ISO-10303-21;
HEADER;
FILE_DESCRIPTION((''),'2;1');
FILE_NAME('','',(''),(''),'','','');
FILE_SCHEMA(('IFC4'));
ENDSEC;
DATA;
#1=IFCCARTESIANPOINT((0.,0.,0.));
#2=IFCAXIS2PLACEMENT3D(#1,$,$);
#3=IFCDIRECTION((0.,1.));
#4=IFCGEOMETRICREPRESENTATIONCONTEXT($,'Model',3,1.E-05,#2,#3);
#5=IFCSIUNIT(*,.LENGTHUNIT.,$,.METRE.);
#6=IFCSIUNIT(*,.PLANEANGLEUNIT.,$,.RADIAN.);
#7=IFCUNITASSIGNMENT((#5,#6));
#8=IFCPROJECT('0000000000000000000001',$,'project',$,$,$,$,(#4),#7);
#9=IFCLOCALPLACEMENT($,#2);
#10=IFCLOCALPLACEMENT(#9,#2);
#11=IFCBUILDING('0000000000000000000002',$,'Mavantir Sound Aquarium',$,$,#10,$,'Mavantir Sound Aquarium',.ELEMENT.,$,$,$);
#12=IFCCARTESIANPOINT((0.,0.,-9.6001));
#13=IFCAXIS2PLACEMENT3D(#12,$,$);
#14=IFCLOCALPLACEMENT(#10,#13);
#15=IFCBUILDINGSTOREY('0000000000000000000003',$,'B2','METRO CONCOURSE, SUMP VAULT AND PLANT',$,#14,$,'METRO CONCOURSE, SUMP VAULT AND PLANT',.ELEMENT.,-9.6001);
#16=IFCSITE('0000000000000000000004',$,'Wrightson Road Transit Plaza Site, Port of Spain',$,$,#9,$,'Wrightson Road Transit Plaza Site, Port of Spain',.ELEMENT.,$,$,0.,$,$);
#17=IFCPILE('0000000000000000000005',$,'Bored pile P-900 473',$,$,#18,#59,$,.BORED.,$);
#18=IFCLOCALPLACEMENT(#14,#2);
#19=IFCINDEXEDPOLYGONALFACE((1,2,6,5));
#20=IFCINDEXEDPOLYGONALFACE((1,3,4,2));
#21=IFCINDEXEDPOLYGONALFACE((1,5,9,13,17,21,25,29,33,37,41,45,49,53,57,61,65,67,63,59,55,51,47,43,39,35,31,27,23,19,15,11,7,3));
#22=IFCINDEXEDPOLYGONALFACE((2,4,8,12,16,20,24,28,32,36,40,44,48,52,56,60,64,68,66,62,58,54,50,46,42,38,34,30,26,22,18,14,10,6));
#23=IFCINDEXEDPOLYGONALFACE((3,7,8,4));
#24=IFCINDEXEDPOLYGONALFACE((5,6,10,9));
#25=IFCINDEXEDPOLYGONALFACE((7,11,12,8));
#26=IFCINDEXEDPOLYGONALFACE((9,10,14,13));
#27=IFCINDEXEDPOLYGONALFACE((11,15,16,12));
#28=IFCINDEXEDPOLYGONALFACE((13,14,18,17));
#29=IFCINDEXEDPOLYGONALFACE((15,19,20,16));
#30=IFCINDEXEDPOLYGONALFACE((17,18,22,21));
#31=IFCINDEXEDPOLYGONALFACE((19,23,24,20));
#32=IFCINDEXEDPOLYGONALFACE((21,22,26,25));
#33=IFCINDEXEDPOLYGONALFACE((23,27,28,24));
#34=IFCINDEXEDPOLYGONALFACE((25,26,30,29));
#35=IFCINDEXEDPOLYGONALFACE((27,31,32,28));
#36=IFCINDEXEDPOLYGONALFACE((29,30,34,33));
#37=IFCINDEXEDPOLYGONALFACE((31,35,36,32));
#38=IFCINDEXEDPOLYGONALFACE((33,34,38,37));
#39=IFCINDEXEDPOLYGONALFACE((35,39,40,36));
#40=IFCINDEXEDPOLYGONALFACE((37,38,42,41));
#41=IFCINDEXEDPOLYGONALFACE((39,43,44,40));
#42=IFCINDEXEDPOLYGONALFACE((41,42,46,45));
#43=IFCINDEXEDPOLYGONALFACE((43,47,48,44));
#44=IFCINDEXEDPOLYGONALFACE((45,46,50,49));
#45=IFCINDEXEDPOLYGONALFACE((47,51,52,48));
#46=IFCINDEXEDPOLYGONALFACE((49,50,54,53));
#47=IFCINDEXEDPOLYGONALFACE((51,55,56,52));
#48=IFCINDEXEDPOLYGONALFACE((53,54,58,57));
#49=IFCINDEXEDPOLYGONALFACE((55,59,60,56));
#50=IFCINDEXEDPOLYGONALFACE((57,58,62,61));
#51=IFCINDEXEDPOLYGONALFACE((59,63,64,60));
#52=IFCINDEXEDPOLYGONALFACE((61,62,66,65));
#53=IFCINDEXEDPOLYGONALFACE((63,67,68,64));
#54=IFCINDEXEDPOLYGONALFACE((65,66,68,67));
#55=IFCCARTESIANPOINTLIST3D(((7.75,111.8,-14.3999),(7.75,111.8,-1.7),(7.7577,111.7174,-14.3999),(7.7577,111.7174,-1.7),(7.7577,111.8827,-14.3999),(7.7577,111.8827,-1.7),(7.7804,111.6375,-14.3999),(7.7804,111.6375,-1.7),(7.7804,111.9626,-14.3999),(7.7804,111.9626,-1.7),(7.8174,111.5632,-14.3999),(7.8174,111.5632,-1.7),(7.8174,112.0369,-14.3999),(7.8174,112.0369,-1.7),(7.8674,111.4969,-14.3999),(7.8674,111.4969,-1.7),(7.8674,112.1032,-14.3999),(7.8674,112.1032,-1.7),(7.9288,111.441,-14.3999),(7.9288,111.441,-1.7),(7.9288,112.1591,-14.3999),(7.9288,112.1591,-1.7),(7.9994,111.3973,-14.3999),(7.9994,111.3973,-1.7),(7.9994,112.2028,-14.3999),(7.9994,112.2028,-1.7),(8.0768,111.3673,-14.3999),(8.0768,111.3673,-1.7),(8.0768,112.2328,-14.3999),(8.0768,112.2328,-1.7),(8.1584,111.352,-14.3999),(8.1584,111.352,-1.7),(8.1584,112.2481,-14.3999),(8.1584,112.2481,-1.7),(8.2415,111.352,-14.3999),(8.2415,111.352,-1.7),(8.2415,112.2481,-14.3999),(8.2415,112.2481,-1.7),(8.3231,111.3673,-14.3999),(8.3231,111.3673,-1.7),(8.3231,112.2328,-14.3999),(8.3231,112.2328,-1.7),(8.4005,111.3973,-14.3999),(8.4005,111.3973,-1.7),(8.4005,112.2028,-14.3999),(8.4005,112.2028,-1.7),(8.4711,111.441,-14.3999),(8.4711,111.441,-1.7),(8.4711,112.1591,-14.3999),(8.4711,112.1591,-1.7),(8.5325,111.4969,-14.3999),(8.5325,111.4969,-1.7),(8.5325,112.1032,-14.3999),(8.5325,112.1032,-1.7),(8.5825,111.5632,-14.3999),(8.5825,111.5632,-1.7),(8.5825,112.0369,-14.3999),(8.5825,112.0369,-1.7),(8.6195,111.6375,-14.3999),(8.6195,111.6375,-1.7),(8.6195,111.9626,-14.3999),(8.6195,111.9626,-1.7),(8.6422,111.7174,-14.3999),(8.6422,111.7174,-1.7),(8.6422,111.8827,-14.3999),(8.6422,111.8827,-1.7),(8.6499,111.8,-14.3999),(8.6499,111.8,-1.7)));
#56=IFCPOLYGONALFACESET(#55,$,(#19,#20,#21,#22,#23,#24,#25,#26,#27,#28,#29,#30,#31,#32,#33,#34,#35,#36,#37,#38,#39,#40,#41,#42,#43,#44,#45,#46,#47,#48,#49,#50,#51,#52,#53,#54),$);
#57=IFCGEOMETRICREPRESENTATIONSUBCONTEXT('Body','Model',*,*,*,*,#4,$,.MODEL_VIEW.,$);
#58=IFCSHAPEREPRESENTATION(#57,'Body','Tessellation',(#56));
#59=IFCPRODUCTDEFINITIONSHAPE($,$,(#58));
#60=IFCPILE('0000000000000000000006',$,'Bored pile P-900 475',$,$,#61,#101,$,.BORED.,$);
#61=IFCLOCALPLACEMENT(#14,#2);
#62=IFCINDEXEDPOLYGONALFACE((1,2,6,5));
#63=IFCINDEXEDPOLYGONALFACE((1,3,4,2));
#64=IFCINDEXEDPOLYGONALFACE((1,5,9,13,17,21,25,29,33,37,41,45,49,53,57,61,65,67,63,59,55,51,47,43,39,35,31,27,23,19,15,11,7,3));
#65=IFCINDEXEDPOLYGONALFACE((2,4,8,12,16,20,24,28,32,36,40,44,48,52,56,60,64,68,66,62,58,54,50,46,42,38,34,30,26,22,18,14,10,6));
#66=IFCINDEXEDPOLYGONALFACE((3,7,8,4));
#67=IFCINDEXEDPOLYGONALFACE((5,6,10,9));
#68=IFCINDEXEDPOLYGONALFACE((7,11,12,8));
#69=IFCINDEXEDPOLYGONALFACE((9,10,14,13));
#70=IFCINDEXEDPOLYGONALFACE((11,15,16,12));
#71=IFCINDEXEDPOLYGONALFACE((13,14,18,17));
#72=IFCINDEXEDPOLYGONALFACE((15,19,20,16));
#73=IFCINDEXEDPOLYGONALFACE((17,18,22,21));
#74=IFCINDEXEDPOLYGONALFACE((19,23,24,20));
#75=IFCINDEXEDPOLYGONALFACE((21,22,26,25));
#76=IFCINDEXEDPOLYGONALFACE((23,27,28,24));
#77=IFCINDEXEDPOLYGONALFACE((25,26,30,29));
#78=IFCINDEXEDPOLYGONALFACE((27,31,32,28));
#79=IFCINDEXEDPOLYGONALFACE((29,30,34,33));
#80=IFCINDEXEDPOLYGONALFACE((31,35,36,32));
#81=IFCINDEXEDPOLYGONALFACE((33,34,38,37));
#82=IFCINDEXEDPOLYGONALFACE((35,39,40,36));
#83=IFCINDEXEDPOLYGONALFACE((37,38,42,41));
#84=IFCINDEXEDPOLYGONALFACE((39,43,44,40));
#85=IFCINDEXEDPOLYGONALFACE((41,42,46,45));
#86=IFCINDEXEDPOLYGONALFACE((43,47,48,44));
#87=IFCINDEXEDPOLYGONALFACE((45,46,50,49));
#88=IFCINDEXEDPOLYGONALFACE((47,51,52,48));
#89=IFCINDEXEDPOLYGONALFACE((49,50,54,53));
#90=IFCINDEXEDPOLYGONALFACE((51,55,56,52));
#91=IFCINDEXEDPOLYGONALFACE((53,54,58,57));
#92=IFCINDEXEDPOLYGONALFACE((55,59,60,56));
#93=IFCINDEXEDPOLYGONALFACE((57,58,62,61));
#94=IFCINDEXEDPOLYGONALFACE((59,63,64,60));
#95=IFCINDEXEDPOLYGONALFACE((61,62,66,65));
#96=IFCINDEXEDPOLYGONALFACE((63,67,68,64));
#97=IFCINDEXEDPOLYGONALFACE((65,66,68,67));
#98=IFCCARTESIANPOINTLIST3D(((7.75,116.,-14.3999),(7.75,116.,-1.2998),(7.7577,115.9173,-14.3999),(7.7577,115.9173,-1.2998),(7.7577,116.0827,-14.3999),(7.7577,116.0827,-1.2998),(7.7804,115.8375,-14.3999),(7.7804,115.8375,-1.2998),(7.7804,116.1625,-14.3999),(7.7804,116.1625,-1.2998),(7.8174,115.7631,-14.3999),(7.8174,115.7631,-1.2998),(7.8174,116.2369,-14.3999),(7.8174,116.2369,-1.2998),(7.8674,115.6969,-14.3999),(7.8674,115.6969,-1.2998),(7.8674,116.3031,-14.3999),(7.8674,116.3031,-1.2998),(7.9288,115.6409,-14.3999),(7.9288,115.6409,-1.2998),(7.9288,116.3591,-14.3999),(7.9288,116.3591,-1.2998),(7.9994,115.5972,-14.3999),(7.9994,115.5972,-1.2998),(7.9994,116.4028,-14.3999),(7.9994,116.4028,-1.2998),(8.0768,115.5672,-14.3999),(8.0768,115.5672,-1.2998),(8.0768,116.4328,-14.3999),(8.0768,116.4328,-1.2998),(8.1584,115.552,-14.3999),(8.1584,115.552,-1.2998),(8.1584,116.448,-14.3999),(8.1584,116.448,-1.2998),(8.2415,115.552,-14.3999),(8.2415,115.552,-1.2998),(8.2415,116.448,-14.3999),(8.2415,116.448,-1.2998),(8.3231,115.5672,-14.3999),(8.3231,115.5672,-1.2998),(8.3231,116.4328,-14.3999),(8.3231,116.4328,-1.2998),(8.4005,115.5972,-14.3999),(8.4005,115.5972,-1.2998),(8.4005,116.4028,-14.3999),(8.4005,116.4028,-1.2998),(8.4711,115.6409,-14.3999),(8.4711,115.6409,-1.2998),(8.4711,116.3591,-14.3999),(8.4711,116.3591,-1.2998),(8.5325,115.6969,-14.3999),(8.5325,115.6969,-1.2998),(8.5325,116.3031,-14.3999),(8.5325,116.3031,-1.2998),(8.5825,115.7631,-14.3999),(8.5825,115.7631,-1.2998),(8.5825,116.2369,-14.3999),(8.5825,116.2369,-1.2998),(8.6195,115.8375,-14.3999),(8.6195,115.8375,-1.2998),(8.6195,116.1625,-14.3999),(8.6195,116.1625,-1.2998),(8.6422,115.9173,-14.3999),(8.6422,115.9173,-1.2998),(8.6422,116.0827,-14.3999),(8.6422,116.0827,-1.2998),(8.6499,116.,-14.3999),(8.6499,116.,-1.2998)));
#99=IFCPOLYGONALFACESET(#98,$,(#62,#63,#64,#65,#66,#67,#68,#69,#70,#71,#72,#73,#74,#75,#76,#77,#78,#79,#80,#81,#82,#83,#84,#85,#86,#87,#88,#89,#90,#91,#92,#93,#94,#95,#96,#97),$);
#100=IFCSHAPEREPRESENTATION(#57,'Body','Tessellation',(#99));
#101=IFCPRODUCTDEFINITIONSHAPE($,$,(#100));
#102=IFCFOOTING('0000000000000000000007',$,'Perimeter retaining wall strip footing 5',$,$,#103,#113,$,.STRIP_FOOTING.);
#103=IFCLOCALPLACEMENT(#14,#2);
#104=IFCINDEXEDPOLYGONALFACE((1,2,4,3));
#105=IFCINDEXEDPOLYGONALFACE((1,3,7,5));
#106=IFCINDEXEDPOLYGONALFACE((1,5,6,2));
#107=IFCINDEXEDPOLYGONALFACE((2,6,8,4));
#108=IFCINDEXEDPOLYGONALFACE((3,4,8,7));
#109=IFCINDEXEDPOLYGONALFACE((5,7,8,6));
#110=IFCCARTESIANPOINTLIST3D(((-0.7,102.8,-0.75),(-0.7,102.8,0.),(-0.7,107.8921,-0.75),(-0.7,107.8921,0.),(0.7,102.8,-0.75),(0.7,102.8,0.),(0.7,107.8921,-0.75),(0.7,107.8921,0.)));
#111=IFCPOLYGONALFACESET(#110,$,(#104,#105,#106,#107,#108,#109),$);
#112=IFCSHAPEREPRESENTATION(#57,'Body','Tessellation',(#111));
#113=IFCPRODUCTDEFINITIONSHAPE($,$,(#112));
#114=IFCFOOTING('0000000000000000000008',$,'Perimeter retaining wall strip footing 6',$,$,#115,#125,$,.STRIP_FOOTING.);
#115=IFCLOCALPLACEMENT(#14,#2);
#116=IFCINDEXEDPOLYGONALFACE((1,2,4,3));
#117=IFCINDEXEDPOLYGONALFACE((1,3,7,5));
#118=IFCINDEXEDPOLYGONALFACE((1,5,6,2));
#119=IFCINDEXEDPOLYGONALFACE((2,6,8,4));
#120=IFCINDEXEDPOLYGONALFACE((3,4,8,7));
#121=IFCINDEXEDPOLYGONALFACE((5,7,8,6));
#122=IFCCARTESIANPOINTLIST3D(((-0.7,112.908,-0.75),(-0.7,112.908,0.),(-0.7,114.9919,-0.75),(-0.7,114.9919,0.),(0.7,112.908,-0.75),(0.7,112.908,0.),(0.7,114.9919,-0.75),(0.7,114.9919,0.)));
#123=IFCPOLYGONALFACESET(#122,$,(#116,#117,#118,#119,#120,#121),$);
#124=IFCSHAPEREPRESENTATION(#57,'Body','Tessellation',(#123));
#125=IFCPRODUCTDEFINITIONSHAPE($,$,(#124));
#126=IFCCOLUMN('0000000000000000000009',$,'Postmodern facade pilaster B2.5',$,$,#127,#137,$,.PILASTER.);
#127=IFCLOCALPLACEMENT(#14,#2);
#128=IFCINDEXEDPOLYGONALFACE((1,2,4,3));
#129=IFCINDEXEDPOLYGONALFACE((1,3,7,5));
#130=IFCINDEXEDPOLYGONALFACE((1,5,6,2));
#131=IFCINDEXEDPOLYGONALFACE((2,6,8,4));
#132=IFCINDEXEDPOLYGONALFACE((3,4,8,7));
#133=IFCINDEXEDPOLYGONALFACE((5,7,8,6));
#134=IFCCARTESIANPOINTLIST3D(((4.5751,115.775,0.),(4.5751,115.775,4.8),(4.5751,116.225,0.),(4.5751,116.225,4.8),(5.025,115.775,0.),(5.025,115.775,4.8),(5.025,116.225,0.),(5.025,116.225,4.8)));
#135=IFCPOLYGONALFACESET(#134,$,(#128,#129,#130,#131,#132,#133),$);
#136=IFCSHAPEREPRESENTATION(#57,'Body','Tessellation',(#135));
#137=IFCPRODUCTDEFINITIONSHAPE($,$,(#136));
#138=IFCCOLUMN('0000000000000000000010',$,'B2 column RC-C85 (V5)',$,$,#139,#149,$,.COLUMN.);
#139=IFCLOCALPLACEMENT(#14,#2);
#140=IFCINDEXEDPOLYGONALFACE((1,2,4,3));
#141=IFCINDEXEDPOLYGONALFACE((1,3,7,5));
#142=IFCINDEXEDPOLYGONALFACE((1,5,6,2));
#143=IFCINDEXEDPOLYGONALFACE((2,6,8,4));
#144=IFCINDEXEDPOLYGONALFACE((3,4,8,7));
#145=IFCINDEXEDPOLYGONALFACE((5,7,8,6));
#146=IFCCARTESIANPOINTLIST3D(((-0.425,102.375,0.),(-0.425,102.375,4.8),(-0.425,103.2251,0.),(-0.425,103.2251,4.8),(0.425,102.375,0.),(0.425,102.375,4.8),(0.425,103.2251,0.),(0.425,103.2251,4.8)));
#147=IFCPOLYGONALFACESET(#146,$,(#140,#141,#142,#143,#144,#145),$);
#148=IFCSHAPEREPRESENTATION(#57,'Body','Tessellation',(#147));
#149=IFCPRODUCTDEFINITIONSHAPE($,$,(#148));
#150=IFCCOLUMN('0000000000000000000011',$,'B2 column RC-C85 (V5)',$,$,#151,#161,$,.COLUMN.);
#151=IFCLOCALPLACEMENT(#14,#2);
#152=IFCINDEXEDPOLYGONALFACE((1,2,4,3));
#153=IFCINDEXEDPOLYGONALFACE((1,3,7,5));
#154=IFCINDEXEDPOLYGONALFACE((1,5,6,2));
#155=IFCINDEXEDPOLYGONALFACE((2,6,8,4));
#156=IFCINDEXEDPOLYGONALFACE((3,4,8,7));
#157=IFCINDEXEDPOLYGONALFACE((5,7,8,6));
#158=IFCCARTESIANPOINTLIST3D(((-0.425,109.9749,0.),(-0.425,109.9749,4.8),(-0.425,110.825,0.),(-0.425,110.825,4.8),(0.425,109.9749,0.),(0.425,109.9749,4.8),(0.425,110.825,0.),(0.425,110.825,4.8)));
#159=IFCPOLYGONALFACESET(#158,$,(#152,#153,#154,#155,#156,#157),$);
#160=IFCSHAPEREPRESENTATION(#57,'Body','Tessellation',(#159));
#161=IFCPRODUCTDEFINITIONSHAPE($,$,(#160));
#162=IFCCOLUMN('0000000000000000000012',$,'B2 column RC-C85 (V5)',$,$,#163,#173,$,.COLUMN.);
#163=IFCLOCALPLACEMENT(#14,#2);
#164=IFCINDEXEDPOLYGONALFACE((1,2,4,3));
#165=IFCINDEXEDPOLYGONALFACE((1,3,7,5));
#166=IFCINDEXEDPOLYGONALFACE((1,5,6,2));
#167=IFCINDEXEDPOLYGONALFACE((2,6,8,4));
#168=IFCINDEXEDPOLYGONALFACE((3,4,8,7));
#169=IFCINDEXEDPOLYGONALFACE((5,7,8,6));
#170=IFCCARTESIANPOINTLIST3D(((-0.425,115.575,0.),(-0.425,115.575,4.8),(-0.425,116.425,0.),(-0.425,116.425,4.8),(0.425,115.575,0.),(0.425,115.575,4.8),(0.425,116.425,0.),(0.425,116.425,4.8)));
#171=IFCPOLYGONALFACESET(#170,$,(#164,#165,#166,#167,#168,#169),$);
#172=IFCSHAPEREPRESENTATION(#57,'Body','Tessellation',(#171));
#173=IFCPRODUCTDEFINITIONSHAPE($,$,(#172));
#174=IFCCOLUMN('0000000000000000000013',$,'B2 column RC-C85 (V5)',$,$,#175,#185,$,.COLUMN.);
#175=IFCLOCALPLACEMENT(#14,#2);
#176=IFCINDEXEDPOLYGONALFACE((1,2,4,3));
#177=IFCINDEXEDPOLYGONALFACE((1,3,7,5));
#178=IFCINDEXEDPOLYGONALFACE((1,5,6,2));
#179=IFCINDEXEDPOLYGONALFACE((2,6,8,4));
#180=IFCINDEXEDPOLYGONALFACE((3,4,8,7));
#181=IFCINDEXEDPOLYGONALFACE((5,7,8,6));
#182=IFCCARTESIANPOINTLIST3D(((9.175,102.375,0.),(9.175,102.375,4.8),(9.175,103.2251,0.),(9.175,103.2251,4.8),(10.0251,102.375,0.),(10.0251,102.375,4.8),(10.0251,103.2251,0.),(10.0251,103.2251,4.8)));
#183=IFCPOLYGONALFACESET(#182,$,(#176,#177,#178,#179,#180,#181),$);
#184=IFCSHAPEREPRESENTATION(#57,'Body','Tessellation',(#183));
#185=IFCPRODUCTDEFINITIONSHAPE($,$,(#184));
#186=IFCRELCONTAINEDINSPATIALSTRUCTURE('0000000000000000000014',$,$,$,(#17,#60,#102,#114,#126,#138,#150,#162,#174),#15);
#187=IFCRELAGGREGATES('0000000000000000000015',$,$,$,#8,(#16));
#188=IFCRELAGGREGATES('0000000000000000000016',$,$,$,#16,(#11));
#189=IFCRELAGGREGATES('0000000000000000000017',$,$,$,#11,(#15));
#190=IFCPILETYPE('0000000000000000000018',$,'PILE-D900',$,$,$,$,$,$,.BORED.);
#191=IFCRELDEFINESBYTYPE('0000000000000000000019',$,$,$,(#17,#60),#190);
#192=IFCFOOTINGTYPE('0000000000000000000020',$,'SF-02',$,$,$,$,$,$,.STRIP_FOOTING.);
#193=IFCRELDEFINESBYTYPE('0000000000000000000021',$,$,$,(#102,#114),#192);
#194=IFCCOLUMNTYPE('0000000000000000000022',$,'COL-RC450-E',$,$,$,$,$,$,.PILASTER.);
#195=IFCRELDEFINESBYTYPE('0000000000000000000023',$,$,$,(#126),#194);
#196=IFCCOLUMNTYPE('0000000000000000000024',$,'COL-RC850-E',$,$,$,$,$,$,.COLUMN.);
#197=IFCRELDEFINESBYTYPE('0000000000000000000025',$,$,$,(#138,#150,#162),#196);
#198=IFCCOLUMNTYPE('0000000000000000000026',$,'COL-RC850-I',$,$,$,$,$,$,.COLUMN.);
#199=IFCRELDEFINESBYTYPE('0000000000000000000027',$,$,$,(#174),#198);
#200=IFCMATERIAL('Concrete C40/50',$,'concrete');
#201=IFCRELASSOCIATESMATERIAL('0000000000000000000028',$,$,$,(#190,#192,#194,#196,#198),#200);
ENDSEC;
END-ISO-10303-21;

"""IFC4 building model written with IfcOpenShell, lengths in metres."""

from ifc_helpers import new_model, si_unit, direction, frame, origin, origin_2d, place, context, subcontext, project, spatial, rectangle, circle, extrude, material, material_profile, profile_set, type_object, element, save


model = new_model("IFC4")

# Units and contexts
model_context = context("Model", 3, precision=1e-05, world=origin(), true_north=direction((0.0, 1.0)))
body_context = subcontext(model_context, "Body", "Model", "MODEL_VIEW")
ifc_project = project(units=[si_unit("LENGTHUNIT", "METRE"), si_unit("PLANEANGLEUNIT", "RADIAN")], contexts=[model_context])

# Site, building, storey
site_placement = place(None, origin())
site = spatial("IfcSite", under=ifc_project, at=site_placement, Name="Wrightson Road Transit Plaza Site, Port of Spain", LongName="Wrightson Road Transit Plaza Site, Port of Spain", CompositionType="ELEMENT", RefElevation=0.0)
building_placement = place(site_placement, origin())
building = spatial("IfcBuilding", under=site, at=building_placement, Name="Mavantir Sound Aquarium", LongName="Mavantir Sound Aquarium", CompositionType="ELEMENT")
storey_placement = place(building_placement, frame((0.0, 0.0, -9.6001)))
storey = spatial("IfcBuildingStorey", under=building, at=storey_placement, Name="B2", Description="METRO CONCOURSE, SUMP VAULT AND PLANT", LongName="METRO CONCOURSE, SUMP VAULT AND PLANT", CompositionType="ELEMENT", Elevation=-9.6001)

# Shared definitions
ifc_material_1 = material(Name="Concrete C40/50", Category="concrete")

# Piles
ifc_material_profile_1 = material_profile(ifc_material_1, circle(Radius=0.45, at=origin_2d()), Name="PILE D900")
ifc_profile_set_1 = profile_set([ifc_material_profile_1], Name="Concrete C40/50")
pile_type = type_object("IfcPileType", Name="PILE-D900", PredefinedType="BORED", material=ifc_profile_set_1)
for number, where, z_axis, x_axis, name in (
    (1, (8.2, 111.8, -1.7), (0.0, 0.0, -1.0), (1.0, 0.0, 0.0), "Bored pile P-900 473"),
):
    element("IfcPile", number, at=place(storey_placement, frame(where, z_axis=z_axis, x_axis=x_axis)), inside=storey, type_object=pile_type, Name=name, PredefinedType="BORED", context=body_context, shape_type="SweptSolid", body=[
        extrude(circle(Radius=0.45, at=origin_2d()), origin(), (0.0, 0.0, 1.0), 12.7),
    ])
pile_placement = place(storey_placement, frame((8.2, 116.0, -1.2998), z_axis=(0.0, 0.0, -1.0), x_axis=(1.0, 0.0, 0.0)))
element("IfcPile", 2, at=pile_placement, inside=storey, type_object=pile_type, Name="Bored pile P-900 475", PredefinedType="BORED", context=body_context, shape_type="SweptSolid", body=[
    extrude(circle(Radius=0.45, at=origin_2d()), origin(), (0.0, 0.0, 1.0), 13.1001),
])

# Footings
ifc_material_profile_2 = material_profile(ifc_material_1, rectangle(XDim=1.3999, YDim=0.75, at=origin_2d()), Name="RC 1400X750")
ifc_profile_set_2 = profile_set([ifc_material_profile_2], Name="Concrete C40/50")
footing_type_1 = type_object("IfcFootingType", Name="SF-02", PredefinedType="STRIP_FOOTING", material=ifc_profile_set_2)
footing_1_placement = place(storey_placement, frame((0.0, 102.8, -0.375), z_axis=(0.0, 1.0, 0.0), x_axis=(-1.0, 0.0, 0.0)))
element("IfcFooting", 3, at=footing_1_placement, inside=storey, type_object=footing_type_1, Name="Perimeter retaining wall strip footing 5", PredefinedType="STRIP_FOOTING", context=body_context, shape_type="SweptSolid", body=[
    extrude(rectangle(XDim=1.3999, YDim=0.75, at=origin_2d()), origin(), (0.0, 0.0, 1.0), 5.092),
])
footing_2_placement = place(storey_placement, frame((0.0, 112.908, -0.375), z_axis=(0.0, 1.0, 0.0), x_axis=(-1.0, 0.0, 0.0)))
element("IfcFooting", 4, at=footing_2_placement, inside=storey, type_object=footing_type_1, Name="Perimeter retaining wall strip footing 6", PredefinedType="STRIP_FOOTING", context=body_context, shape_type="SweptSolid", body=[
    extrude(rectangle(XDim=1.3999, YDim=0.75, at=origin_2d()), origin(), (0.0, 0.0, 1.0), 2.084),
])

# Columns
ifc_material_profile_3 = material_profile(ifc_material_1, rectangle(XDim=0.45, YDim=0.45, at=origin_2d()), Name="RC 450X450")
ifc_profile_set_3 = profile_set([ifc_material_profile_3], Name="Concrete C40/50")
column_type_1 = type_object("IfcColumnType", Name="COL-RC450-E", PredefinedType="PILASTER", material=ifc_profile_set_3)
column_1_placement = place(storey_placement, frame((4.8, 116.0, 0.0), z_axis=(0.0, 0.0, 1.0), x_axis=(1.0, 0.0, 0.0)))
element("IfcColumn", 5, at=column_1_placement, inside=storey, type_object=column_type_1, Name="Postmodern facade pilaster B2.5", PredefinedType="PILASTER", context=body_context, shape_type="SweptSolid", body=[
    extrude(rectangle(XDim=0.45, YDim=0.45, at=origin_2d()), origin(), (0.0, 0.0, 1.0), 4.8),
])
ifc_material_profile_4 = material_profile(ifc_material_1, rectangle(XDim=0.8501, YDim=0.8501, at=origin_2d()), Name="RC 850X850")
ifc_profile_set_4 = profile_set([ifc_material_profile_4], Name="Concrete C40/50")
column_type_2 = type_object("IfcColumnType", Name="COL-RC850-E", PredefinedType="COLUMN", material=ifc_profile_set_4)
for number, where, z_axis, x_axis, name in (
    (6, (0.0, 102.8, 0.0), (0.0, 0.0, 1.0), (1.0, 0.0, 0.0), "B2 column RC-C85 (V5)"),
    (7, (0.0, 110.3999, 0.0), (0.0, 0.0, 1.0), (1.0, 0.0, 0.0), "B2 column RC-C85 (V5)"),
    (8, (0.0, 116.0, 0.0), (0.0, 0.0, 1.0), (1.0, 0.0, 0.0), "B2 column RC-C85 (V5)"),
):
    element("IfcColumn", number, at=place(storey_placement, frame(where, z_axis=z_axis, x_axis=x_axis)), inside=storey, type_object=column_type_2, Name=name, PredefinedType="COLUMN", context=body_context, shape_type="SweptSolid", body=[
        extrude(rectangle(XDim=0.8501, YDim=0.8501, at=origin_2d()), origin(), (0.0, 0.0, 1.0), 4.8),
    ])
ifc_material_profile_5 = material_profile(ifc_material_1, rectangle(XDim=0.8501, YDim=0.8501, at=origin_2d()), Name="RC 850X850")
ifc_profile_set_5 = profile_set([ifc_material_profile_5], Name="Concrete C40/50")
column_type_3 = type_object("IfcColumnType", Name="COL-RC850-I", PredefinedType="COLUMN", material=ifc_profile_set_5)
column_2_placement = place(storey_placement, frame((9.6001, 102.8, 0.0), z_axis=(0.0, 0.0, 1.0), x_axis=(1.0, 0.0, 0.0)))
element("IfcColumn", 9, at=column_2_placement, inside=storey, type_object=column_type_3, Name="B2 column RC-C85 (V5)", PredefinedType="COLUMN", context=body_context, shape_type="SweptSolid", body=[
    extrude(rectangle(XDim=0.8501, YDim=0.8501, at=origin_2d()), origin(), (0.0, 0.0, 1.0), 4.8),
])

save(model, "model.ifc")
